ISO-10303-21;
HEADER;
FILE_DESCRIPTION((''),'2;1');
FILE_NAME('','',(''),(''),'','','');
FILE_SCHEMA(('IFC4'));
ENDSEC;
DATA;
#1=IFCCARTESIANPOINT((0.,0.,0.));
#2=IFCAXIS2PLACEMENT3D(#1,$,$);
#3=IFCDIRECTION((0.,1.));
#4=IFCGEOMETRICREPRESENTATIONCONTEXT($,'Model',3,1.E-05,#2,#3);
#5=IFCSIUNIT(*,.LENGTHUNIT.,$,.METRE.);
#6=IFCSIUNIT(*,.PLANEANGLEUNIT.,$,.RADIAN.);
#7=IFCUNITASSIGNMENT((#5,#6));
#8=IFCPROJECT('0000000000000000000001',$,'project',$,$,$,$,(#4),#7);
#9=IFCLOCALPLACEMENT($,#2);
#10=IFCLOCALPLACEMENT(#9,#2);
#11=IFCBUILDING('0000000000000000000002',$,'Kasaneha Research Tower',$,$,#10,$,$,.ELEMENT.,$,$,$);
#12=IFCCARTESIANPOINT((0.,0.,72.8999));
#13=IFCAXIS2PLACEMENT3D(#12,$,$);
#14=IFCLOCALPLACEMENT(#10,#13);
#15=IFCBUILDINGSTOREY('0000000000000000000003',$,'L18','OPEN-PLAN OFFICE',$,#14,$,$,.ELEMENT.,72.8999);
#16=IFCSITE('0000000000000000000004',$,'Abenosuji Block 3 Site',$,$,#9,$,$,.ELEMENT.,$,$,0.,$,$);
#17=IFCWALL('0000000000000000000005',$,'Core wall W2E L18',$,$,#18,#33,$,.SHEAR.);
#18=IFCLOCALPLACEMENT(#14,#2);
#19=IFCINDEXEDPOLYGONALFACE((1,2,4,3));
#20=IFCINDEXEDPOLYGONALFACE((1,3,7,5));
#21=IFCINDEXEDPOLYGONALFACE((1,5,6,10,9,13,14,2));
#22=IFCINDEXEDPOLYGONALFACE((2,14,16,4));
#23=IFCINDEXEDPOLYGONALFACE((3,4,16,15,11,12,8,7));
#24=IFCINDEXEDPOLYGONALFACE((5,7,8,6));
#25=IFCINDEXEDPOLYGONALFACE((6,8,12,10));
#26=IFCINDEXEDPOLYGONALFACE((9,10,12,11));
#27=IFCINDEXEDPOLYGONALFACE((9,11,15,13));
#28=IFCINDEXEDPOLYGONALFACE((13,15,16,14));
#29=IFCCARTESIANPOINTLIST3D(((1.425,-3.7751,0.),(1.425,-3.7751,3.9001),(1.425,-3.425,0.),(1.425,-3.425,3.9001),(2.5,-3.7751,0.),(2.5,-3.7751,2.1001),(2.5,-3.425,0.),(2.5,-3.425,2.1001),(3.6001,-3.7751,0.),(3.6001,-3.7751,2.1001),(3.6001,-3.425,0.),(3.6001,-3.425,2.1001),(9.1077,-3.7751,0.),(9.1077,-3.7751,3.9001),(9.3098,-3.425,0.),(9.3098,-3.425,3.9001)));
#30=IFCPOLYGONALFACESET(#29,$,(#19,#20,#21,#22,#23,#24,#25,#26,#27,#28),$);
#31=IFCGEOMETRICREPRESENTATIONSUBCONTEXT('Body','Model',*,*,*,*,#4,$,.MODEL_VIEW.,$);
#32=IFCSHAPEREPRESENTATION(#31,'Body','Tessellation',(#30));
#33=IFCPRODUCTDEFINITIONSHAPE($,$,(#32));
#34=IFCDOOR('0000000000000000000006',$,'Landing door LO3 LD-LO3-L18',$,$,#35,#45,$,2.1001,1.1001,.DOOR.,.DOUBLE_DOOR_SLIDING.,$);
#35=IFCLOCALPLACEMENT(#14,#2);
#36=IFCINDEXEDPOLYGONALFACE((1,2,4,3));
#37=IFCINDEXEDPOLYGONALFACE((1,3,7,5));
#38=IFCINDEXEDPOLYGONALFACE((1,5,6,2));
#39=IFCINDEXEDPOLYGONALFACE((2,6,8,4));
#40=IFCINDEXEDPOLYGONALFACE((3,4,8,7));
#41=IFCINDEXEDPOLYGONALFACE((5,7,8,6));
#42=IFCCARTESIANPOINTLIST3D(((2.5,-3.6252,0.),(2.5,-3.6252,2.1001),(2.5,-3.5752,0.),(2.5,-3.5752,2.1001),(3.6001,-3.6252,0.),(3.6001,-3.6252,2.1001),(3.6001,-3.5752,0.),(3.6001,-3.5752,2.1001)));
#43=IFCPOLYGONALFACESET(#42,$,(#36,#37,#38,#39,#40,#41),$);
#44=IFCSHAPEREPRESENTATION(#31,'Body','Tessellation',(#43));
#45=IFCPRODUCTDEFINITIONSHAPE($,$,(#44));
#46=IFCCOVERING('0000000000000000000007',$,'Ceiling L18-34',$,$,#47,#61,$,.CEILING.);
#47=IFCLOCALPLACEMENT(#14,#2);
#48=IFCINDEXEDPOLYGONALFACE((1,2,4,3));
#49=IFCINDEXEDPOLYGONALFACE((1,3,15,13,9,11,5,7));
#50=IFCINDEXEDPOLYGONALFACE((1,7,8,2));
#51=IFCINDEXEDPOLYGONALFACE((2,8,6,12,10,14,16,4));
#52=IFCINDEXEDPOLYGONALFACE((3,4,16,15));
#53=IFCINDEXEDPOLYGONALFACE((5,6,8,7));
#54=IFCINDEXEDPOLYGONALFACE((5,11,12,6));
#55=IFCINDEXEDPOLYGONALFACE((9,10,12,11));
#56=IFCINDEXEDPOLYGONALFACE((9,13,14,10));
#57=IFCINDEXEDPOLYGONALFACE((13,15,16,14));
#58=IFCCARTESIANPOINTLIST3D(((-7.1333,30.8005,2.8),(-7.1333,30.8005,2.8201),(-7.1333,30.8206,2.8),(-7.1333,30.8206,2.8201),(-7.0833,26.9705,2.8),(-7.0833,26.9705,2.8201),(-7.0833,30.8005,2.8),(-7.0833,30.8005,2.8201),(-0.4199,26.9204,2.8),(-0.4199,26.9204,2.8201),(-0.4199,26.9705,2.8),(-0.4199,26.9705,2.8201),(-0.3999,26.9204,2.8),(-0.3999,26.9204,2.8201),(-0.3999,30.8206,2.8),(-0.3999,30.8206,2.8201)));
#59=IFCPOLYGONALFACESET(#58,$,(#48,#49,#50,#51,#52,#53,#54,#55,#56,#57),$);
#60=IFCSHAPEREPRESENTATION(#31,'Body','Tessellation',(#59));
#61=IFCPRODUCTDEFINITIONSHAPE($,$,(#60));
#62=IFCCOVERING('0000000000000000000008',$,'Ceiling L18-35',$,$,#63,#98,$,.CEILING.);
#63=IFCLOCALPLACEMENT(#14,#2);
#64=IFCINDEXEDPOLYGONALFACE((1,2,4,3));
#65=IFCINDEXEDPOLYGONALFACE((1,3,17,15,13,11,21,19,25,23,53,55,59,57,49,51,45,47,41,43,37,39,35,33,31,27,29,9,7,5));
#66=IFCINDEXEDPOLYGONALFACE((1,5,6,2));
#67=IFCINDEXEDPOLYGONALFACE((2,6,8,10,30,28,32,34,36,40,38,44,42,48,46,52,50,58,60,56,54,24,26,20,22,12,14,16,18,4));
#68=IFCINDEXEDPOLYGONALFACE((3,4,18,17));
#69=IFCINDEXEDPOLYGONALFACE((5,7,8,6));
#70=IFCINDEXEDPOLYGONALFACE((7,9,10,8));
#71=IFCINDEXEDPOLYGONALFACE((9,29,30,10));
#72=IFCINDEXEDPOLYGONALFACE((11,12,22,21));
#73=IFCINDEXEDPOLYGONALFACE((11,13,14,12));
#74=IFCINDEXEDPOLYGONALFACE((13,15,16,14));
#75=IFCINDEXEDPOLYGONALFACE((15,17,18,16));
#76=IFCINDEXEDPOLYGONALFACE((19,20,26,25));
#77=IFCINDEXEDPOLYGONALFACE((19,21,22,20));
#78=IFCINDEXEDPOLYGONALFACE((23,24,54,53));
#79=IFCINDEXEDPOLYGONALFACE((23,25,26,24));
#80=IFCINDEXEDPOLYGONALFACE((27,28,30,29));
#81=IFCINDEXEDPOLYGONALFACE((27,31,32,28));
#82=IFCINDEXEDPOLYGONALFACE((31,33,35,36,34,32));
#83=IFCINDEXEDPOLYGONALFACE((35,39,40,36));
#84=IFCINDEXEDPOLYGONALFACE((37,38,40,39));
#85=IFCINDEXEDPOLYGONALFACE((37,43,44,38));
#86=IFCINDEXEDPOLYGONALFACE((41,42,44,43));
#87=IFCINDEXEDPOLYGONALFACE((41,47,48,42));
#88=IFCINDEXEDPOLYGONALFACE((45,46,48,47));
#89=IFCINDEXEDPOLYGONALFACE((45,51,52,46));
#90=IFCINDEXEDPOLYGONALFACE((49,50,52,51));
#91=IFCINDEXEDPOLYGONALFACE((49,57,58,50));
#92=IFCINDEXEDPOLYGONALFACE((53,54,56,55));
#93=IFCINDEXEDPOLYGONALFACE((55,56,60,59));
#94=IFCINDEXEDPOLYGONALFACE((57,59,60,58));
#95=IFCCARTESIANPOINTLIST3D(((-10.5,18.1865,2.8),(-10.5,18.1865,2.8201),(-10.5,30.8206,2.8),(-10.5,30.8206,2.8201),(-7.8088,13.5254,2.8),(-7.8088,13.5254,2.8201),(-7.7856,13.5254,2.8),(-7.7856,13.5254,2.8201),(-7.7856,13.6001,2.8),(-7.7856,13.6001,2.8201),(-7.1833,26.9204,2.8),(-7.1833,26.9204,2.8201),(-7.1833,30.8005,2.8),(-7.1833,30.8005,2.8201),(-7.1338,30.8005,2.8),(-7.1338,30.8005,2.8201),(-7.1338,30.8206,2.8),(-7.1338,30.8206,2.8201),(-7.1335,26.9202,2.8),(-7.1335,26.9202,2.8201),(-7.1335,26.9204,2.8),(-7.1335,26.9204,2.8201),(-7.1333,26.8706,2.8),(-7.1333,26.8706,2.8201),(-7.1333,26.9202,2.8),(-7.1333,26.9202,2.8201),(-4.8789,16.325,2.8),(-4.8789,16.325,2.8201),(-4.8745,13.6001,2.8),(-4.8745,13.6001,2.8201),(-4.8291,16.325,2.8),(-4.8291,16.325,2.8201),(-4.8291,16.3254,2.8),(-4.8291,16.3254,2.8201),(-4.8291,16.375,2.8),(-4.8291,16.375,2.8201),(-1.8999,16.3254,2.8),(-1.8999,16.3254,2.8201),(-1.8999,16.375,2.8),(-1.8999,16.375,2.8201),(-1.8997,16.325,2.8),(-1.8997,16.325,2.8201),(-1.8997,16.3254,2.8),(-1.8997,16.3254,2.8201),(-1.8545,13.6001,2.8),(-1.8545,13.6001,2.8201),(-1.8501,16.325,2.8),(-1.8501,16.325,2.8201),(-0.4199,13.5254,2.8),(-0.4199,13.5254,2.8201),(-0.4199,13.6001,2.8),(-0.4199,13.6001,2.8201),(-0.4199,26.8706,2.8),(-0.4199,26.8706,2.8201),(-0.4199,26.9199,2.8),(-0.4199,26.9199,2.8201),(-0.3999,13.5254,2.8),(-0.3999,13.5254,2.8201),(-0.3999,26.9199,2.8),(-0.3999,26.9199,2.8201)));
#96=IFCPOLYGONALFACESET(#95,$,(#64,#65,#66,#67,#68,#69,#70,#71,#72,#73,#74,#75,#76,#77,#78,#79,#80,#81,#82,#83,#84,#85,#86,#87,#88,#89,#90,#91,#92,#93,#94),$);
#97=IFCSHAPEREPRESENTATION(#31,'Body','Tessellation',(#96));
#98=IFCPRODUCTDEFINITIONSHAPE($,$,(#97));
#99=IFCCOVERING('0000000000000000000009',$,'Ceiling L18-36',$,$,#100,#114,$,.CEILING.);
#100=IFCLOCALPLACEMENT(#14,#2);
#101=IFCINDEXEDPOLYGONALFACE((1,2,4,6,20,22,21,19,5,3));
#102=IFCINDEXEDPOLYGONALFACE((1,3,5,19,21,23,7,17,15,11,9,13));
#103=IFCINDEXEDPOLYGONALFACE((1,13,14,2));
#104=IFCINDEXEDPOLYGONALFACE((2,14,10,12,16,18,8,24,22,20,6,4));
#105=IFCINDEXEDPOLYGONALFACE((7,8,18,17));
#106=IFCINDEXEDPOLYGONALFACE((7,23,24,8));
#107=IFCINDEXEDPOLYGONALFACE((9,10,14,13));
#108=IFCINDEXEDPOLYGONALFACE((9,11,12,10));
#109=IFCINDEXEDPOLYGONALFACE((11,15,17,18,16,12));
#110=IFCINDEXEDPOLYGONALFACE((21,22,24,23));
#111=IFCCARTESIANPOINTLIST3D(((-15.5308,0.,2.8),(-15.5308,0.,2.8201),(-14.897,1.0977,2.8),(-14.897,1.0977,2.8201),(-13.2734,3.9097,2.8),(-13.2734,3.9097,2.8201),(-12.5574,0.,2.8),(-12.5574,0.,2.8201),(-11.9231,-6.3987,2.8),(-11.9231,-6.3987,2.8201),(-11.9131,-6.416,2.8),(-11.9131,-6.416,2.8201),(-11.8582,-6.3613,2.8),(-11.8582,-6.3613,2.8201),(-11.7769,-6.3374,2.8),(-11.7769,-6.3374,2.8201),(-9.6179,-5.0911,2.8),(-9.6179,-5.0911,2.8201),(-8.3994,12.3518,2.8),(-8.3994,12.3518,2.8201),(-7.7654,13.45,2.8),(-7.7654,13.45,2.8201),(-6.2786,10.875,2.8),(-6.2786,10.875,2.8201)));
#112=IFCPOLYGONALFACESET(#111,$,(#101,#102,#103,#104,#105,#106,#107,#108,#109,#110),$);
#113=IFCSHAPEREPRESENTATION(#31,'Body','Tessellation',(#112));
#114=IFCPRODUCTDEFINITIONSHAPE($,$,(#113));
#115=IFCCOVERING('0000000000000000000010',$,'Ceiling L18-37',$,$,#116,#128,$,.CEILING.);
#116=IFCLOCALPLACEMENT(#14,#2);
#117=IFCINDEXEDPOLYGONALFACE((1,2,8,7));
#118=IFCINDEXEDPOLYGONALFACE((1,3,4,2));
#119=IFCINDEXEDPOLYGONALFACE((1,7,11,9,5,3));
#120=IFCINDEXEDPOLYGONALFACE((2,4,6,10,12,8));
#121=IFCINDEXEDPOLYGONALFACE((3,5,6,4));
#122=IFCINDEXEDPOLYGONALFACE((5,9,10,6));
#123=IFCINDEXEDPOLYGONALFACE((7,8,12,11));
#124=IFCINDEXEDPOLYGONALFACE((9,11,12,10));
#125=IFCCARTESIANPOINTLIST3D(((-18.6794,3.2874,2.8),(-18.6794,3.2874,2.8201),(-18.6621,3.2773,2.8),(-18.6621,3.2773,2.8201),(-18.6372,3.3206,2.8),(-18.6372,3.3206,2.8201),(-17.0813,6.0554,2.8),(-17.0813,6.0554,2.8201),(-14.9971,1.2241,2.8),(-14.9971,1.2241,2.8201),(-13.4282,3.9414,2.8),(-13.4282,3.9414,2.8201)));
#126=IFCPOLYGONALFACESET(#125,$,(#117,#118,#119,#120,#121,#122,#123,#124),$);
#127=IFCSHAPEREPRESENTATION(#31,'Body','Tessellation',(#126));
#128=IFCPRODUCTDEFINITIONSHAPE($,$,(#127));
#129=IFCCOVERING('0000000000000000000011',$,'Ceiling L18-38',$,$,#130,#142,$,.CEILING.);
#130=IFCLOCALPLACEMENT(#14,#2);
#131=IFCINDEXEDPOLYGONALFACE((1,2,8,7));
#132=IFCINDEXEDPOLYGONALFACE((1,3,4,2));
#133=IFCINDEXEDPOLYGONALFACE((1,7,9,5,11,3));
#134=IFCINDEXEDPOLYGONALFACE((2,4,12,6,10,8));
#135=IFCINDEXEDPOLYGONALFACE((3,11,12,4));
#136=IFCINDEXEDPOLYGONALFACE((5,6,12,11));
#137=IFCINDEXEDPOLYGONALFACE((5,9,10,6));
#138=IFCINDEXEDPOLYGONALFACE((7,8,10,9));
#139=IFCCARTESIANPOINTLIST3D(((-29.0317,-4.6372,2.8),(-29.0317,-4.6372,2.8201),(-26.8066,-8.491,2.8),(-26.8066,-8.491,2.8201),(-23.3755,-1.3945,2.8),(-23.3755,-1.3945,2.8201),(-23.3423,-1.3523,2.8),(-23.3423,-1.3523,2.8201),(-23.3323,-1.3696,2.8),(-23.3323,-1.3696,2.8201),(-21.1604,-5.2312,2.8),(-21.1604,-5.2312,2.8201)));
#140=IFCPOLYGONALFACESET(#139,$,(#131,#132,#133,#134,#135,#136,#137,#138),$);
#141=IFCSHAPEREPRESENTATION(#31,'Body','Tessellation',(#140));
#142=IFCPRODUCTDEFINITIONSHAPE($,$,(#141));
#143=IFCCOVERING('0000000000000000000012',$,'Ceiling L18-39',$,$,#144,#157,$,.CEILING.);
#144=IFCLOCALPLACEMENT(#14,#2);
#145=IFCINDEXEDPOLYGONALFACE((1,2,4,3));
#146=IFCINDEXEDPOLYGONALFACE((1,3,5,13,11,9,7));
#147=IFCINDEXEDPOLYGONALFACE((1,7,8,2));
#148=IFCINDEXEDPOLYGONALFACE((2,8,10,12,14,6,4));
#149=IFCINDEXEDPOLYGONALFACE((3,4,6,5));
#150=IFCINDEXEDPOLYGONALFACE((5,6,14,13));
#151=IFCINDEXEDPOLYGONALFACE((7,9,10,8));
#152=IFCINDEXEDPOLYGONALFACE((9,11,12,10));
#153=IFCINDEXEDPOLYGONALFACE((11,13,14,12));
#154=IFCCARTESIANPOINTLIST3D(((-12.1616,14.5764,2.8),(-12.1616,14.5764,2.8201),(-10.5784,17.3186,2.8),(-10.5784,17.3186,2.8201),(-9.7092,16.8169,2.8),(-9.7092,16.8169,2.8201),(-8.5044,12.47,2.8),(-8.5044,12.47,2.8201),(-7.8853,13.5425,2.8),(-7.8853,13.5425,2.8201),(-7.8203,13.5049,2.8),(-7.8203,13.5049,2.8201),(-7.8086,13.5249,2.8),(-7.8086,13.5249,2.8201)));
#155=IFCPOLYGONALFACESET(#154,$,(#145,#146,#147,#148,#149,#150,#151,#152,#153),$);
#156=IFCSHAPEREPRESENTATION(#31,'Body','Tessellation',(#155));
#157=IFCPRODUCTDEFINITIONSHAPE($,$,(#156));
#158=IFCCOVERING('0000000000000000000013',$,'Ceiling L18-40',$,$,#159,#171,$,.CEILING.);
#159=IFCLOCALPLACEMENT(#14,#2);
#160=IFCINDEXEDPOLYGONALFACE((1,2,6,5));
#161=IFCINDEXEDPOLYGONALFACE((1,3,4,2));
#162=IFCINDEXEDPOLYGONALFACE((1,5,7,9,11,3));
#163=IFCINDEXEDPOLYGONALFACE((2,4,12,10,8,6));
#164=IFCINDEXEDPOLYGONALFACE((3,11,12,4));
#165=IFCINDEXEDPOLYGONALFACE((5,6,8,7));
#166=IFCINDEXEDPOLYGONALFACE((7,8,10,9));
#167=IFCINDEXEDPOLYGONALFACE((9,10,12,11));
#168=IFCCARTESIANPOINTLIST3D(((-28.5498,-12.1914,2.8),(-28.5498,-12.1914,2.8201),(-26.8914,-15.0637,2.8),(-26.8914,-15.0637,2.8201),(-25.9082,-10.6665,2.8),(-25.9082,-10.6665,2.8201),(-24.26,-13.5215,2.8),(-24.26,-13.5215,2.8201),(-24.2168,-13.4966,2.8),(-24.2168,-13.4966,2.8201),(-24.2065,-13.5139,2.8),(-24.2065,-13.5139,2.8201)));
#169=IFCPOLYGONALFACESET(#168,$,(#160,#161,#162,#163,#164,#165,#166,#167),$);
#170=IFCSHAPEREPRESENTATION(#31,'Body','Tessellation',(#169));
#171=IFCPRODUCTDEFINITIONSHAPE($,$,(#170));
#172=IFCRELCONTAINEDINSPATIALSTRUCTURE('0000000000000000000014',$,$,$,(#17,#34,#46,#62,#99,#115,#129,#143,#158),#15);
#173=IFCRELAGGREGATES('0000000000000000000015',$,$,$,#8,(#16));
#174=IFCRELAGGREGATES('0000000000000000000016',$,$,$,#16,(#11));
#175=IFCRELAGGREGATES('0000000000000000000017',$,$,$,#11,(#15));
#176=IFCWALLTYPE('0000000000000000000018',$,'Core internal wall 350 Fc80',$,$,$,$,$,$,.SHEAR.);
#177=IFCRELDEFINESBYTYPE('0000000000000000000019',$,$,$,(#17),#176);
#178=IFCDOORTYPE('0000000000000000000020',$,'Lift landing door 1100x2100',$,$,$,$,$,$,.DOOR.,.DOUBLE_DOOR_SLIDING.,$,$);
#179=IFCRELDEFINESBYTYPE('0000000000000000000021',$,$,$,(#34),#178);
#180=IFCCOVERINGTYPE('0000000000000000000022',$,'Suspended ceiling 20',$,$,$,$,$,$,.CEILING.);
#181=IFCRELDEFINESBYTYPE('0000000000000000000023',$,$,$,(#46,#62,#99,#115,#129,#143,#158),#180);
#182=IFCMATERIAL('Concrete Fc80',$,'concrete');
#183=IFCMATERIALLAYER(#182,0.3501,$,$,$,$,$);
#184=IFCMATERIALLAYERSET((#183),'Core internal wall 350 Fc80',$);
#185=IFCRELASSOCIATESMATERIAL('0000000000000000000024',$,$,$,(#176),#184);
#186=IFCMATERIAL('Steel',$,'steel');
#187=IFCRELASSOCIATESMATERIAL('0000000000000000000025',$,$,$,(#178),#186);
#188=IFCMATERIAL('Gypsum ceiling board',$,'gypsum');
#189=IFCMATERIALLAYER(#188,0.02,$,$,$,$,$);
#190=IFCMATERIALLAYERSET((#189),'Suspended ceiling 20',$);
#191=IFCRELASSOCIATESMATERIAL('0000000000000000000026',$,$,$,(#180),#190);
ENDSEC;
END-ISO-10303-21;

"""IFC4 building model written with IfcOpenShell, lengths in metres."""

from ifc_helpers import new_model, si_unit, direction, frame, frame_2d, origin, place, context, subcontext, project, spatial, polyline, rectangle, outline, extrude, material, layer, layer_set, type_object, element, fill, save


model = new_model("IFC4")

# Units and contexts
model_context = context("Model", 3, precision=1e-05, world=origin(), true_north=direction((0.0, 1.0)))
body_context = subcontext(model_context, "Body", "Model", "MODEL_VIEW")
ifc_project = project(units=[si_unit("LENGTHUNIT", "METRE"), si_unit("PLANEANGLEUNIT", "RADIAN")], contexts=[model_context])

# Site, building, storey
site_placement = place(None, origin())
site = spatial("IfcSite", under=ifc_project, at=site_placement, Name="Abenosuji Block 3 Site", CompositionType="ELEMENT", RefElevation=0.0)
building_placement = place(site_placement, origin())
building = spatial("IfcBuilding", under=site, at=building_placement, Name="Kasaneha Research Tower", CompositionType="ELEMENT")
storey_placement = place(building_placement, frame((0.0, 0.0, 72.8999)))
storey = spatial("IfcBuildingStorey", under=building, at=storey_placement, Name="L18", Description="OPEN-PLAN OFFICE", CompositionType="ELEMENT", Elevation=72.8999)

# Wall, opening, door
ifc_material_1 = material(Name="Concrete Fc80", Category="concrete")
ifc_layer_1 = layer(ifc_material_1, 0.3501)
ifc_layer_set_1 = layer_set([ifc_layer_1], Name="Core internal wall 350 Fc80")
wall_type = type_object("IfcWallType", Name="Core internal wall 350 Fc80", PredefinedType="SHEAR", material=ifc_layer_set_1)
wall_placement = place(storey_placement, frame((1.425, -3.6001, 0.0), z_axis=(0.0, 0.0, 1.0), x_axis=(1.0, 0.0, 0.0)))
wall = element("IfcWall", 1, at=wall_placement, inside=storey, type_object=wall_type, Name="Core wall W2E L18", PredefinedType="SHEAR", context=body_context, shape_type="SweptSolid", body=[
    extrude(outline(polyline([(0.0, -0.175), (1.075, -0.175), (2.175, -0.175), (7.6826, -0.175), (7.8848, 0.175), (2.175, 0.175), (1.075, 0.175), (0.0, 0.175), (0.0, -0.175)])), origin(), (0.0, 0.0, 1.0), 3.9001),
])
opening_placement = place(wall_placement, frame((1.075, 0.0, 0.0)))
opening = element("IfcOpeningElement", 2, at=opening_placement, cuts=wall, PredefinedType="OPENING", context=body_context, shape_type="SweptSolid", body=[
    extrude(rectangle(XDim=1.1001, YDim=2.1001, at=frame_2d((0.55, 1.05))), frame((0.0, 0.1851, 0.0), z_axis=(0.0, -1.0, 0.0), x_axis=(1.0, 0.0, 0.0)), (0.0, 0.0, 1.0), 0.3701),
])
ifc_material_2 = material(Name="Steel", Category="steel")
door_type = type_object("IfcDoorType", Name="Lift landing door 1100x2100", OperationType="DOUBLE_DOOR_SLIDING", PredefinedType="DOOR", material=ifc_material_2)
door_placement = place(opening_placement, origin())
door = element("IfcDoor", 3, at=door_placement, inside=storey, type_object=door_type, Name="Landing door LO3 LD-LO3-L18", OperationType="DOUBLE_DOOR_SLIDING", OverallHeight=2.1001, OverallWidth=1.1001, PredefinedType="DOOR", context=body_context, shape_type="SweptSolid", body=[
    extrude(rectangle(XDim=1.1001, YDim=2.1001, at=frame_2d((0.55, 1.05))), frame((0.0, 0.0249, 0.0), z_axis=(0.0, -1.0, 0.0), x_axis=(1.0, 0.0, 0.0)), (0.0, 0.0, 1.0), 0.05),
])
fill(opening, door)

# Coverings
ifc_material_3 = material(Name="Gypsum ceiling board", Category="gypsum")
ifc_layer_2 = layer(ifc_material_3, 0.02)
ifc_layer_set_2 = layer_set([ifc_layer_2], Name="Suspended ceiling 20")
covering_type = type_object("IfcCoveringType", Name="Suspended ceiling 20", PredefinedType="CEILING", material=ifc_layer_set_2)
covering_1_placement = place(storey_placement, frame((0.0, 0.0, 2.8)))
element("IfcCovering", 4, at=covering_1_placement, inside=storey, type_object=covering_type, Name="Ceiling L18-34", PredefinedType="CEILING", context=body_context, shape_type="SweptSolid", body=[
    extrude(outline(polyline([(-0.3999, 26.9204), (-0.4199, 26.9204), (-0.4199, 26.9705), (-7.0833, 26.9705), (-7.0833, 30.8005), (-7.1333, 30.8005), (-7.1333, 30.8206), (-0.3999, 30.8206), (-0.3999, 26.9204)])), origin(), (0.0, 0.0, 1.0), 0.02),
])
covering_2_placement = place(storey_placement, frame((0.0, 0.0, 2.8)))
element("IfcCovering", 5, at=covering_2_placement, inside=storey, type_object=covering_type, Name="Ceiling L18-35", PredefinedType="CEILING", context=body_context, shape_type="SweptSolid", body=[
    extrude(outline(polyline([(-1.8997, 16.3254), (-1.8999, 16.3254), (-1.8999, 16.375), (-4.8291, 16.375), (-4.8291, 16.3254), (-4.8291, 16.325), (-4.8789, 16.325), (-4.8745, 13.6001), (-7.7856, 13.6001), (-7.7856, 13.5254), (-7.8088, 13.5254), (-10.5, 18.1865), (-10.5, 30.8206), (-7.1338, 30.8206), (-7.1338, 30.8005), (-7.1833, 30.8005), (-7.1833, 26.9204), (-7.1335, 26.9204), (-7.1335, 26.9202), (-7.1333, 26.9202), (-7.1333, 26.8706), (-0.4199, 26.8706), (-0.4199, 26.9199), (-0.3999, 26.9199), (-0.3999, 13.5254), (-0.4199, 13.5254), (-0.4199, 13.6001), (-1.8545, 13.6001), (-1.8501, 16.325), (-1.8997, 16.325), (-1.8997, 16.3254)])), origin(), (0.0, 0.0, 1.0), 0.02),
])
covering_3_placement = place(storey_placement, frame((0.0, 0.0, 2.8)))
element("IfcCovering", 6, at=covering_3_placement, inside=storey, type_object=covering_type, Name="Ceiling L18-36", PredefinedType="CEILING", context=body_context, shape_type="SweptSolid", body=[
    extrude(outline(polyline([(-12.5574, 0.0), (-9.6179, -5.0911), (-11.7769, -6.3374), (-11.9131, -6.416), (-11.9231, -6.3987), (-11.8582, -6.3613), (-15.5308, 0.0), (-14.897, 1.0977), (-14.897, 1.0977), (-13.2734, 3.9097), (-13.2734, 3.9097), (-8.3994, 12.3518), (-8.3994, 12.3518), (-7.7654, 13.45), (-6.2786, 10.875), (-12.5574, 0.0)])), origin(), (0.0, 0.0, 1.0), 0.02),
])
covering_4_placement = place(storey_placement, frame((0.0, 0.0, 2.8)))
element("IfcCovering", 7, at=covering_4_placement, inside=storey, type_object=covering_type, Name="Ceiling L18-37", PredefinedType="CEILING", context=body_context, shape_type="SweptSolid", body=[
    extrude(outline(polyline([(-18.6794, 3.2874), (-17.0813, 6.0554), (-13.4282, 3.9414), (-14.9971, 1.2241), (-18.6372, 3.3206), (-18.6621, 3.2773), (-18.6794, 3.2874)])), origin(), (0.0, 0.0, 1.0), 0.02),
])
covering_5_placement = place(storey_placement, frame((0.0, 0.0, 2.8)))
element("IfcCovering", 8, at=covering_5_placement, inside=storey, type_object=covering_type, Name="Ceiling L18-38", PredefinedType="CEILING", context=body_context, shape_type="SweptSolid", body=[
    extrude(outline(polyline([(-23.3423, -1.3523), (-23.3323, -1.3696), (-23.3755, -1.3945), (-21.1604, -5.2312), (-26.8066, -8.491), (-29.0317, -4.6372), (-23.3423, -1.3523)])), origin(), (0.0, 0.0, 1.0), 0.02),
])
covering_6_placement = place(storey_placement, frame((0.0, 0.0, 2.8)))
element("IfcCovering", 9, at=covering_6_placement, inside=storey, type_object=covering_type, Name="Ceiling L18-39", PredefinedType="CEILING", context=body_context, shape_type="SweptSolid", body=[
    extrude(outline(polyline([(-9.7092, 16.8169), (-7.8086, 13.5249), (-7.8203, 13.5049), (-7.8853, 13.5425), (-8.5044, 12.47), (-12.1616, 14.5764), (-10.5784, 17.3186), (-9.7092, 16.8169)])), origin(), (0.0, 0.0, 1.0), 0.02),
])
covering_7_placement = place(storey_placement, frame((0.0, 0.0, 2.8)))
element("IfcCovering", 10, at=covering_7_placement, inside=storey, type_object=covering_type, Name="Ceiling L18-40", PredefinedType="CEILING", context=body_context, shape_type="SweptSolid", body=[
    extrude(outline(polyline([(-24.2065, -13.5139), (-26.8914, -15.0637), (-28.5498, -12.1914), (-25.9082, -10.6665), (-24.26, -13.5215), (-24.2168, -13.4966), (-24.2065, -13.5139)])), origin(), (0.0, 0.0, 1.0), 0.02),
])

save(model, "model.ifc")
